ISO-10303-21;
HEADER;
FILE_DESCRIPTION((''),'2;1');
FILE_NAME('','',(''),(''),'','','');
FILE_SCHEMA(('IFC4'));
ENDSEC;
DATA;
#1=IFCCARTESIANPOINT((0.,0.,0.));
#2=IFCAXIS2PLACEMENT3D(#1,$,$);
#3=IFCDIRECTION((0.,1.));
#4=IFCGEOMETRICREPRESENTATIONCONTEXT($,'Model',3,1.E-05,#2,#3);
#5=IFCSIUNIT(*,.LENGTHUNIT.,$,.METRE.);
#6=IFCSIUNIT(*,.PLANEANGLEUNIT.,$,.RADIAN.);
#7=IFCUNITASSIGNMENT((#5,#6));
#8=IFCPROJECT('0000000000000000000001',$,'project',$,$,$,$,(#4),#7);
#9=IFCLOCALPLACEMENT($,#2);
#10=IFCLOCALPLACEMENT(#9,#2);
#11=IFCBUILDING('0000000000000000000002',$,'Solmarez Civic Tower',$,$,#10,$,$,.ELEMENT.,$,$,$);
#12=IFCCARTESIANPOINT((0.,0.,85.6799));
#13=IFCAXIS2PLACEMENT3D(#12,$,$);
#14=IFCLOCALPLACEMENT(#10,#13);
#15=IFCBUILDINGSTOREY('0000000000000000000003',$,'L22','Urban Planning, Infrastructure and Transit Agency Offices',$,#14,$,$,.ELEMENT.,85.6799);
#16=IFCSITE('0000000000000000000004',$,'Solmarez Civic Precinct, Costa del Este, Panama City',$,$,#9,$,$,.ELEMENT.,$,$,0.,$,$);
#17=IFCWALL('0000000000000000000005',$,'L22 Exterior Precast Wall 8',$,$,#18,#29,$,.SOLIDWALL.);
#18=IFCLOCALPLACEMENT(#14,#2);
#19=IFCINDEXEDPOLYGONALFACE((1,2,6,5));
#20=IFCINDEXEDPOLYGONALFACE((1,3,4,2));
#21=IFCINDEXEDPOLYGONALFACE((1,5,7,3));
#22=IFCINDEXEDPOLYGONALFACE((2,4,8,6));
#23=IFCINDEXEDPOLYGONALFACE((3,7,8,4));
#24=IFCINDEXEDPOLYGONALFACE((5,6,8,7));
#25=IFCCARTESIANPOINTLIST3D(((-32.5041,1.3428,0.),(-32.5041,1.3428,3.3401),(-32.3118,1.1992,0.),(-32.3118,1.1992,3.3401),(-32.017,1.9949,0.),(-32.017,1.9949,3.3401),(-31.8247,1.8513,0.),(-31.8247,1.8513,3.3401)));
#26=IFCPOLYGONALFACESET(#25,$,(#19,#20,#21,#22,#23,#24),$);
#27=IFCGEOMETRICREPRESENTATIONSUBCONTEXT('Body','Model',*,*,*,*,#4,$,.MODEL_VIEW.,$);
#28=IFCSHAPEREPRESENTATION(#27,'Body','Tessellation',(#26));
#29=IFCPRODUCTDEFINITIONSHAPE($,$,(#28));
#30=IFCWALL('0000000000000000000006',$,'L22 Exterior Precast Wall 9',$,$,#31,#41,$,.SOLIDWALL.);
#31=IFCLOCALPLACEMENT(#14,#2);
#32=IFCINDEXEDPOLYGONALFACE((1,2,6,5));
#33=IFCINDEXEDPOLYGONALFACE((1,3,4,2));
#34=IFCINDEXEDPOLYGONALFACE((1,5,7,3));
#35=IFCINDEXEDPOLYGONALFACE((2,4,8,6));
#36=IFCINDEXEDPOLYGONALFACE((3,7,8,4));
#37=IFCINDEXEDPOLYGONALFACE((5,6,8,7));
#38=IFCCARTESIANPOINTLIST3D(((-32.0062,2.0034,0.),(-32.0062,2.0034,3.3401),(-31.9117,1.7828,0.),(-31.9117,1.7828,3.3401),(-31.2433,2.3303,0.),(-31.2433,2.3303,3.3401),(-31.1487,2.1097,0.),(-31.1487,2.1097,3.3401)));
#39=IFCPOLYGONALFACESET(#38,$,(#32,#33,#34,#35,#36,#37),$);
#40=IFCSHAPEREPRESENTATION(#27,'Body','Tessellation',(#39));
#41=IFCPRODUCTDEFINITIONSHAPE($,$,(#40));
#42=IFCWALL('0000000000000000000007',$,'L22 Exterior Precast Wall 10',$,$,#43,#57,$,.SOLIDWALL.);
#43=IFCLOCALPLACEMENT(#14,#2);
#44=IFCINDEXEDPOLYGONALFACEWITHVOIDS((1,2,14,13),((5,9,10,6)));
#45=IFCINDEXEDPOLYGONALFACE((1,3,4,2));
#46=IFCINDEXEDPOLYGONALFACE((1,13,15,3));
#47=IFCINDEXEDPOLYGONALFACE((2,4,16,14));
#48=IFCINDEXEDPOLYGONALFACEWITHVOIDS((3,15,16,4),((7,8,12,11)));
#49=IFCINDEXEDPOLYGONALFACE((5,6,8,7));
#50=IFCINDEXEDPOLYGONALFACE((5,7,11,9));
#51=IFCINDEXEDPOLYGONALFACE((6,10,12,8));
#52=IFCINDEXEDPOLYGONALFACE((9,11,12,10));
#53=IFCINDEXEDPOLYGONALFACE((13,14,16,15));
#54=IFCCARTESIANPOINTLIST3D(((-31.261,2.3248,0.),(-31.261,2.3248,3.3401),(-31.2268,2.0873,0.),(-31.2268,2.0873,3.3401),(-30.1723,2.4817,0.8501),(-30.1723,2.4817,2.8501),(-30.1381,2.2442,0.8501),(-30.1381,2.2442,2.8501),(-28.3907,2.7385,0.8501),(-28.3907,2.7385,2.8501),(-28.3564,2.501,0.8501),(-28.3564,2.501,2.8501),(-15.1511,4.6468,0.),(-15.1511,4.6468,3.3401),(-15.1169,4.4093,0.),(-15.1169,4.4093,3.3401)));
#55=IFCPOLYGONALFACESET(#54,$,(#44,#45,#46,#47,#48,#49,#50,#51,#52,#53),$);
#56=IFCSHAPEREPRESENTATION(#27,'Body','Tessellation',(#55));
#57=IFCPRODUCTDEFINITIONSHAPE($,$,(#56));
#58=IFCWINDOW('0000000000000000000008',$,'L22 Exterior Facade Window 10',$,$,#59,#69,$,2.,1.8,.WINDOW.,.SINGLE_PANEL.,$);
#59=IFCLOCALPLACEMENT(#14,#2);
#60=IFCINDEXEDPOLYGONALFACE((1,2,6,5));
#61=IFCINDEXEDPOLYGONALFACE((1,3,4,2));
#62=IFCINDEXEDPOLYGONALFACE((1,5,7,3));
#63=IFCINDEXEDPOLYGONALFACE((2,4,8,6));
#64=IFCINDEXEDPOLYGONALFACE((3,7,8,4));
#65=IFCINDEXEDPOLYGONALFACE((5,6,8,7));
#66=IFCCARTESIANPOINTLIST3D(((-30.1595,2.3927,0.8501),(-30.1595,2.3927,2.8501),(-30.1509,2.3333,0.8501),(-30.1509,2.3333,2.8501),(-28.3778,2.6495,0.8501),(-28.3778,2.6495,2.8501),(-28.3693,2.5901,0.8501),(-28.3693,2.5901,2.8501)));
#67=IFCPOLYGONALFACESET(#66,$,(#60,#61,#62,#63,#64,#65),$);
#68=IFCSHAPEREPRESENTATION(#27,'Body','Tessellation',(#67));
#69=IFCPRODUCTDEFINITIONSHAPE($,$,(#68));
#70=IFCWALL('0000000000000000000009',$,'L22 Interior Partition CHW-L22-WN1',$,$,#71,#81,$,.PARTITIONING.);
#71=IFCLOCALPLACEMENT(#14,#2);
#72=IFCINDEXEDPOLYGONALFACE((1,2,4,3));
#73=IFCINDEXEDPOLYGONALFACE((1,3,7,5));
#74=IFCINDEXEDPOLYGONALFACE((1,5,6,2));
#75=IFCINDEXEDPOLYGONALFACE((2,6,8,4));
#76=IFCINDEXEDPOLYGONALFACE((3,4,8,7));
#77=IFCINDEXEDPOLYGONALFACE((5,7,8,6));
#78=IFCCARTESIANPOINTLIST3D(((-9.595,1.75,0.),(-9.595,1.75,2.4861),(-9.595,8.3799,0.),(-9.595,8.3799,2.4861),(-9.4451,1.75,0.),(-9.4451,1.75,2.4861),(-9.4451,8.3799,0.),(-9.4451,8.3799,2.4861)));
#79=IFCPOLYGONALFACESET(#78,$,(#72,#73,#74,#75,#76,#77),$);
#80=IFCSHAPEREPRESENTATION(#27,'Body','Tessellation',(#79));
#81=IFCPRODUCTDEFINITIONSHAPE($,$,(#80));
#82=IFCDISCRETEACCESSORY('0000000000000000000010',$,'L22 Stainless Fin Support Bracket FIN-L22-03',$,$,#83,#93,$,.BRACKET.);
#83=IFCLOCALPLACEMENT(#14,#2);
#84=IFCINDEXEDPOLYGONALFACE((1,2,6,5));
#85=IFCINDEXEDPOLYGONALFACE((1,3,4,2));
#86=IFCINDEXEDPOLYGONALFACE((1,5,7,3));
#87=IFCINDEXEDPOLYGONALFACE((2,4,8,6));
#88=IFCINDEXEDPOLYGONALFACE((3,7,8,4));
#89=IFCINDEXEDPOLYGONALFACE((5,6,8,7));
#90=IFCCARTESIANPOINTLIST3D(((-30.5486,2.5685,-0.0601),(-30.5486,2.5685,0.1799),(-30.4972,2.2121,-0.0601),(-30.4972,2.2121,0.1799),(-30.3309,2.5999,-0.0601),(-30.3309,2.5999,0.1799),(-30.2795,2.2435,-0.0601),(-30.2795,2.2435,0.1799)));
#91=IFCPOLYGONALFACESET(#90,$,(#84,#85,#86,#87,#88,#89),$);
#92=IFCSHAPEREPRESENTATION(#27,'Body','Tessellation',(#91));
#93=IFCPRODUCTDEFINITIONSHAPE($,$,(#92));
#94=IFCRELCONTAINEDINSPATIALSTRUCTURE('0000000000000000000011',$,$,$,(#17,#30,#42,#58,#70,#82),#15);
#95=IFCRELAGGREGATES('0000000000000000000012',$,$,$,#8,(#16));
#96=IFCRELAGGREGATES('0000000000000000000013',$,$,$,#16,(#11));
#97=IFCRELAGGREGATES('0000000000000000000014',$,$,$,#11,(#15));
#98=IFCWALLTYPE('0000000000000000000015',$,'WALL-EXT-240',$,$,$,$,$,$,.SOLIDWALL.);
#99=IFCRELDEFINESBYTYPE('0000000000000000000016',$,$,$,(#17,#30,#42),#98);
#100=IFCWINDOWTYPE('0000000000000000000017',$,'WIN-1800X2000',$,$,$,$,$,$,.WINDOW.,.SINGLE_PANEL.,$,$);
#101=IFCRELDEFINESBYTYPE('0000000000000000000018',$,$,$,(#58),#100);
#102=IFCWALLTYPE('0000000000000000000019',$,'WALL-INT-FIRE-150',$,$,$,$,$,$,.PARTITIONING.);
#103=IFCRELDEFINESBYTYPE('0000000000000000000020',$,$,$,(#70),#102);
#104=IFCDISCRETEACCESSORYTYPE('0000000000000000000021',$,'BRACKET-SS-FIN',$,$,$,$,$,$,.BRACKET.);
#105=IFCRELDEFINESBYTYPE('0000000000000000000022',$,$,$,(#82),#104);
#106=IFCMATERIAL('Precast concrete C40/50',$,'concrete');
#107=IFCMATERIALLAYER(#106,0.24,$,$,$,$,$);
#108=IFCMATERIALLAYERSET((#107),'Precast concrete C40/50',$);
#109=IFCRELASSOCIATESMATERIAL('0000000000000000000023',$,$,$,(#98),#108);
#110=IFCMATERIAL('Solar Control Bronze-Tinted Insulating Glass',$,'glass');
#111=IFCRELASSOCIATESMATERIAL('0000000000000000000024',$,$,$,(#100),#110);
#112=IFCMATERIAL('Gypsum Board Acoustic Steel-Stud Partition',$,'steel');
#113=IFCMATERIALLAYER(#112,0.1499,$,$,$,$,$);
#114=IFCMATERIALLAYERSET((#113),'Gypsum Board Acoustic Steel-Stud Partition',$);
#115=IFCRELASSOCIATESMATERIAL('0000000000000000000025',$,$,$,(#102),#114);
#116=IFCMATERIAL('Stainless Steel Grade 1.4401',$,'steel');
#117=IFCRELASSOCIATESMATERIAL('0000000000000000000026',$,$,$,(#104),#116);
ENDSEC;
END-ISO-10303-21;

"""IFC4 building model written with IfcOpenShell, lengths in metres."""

from ifc_helpers import new_model, si_unit, direction, frame, frame_2d, origin, origin_2d, place, context, subcontext, project, spatial, rectangle, extrude, material, layer, layer_set, type_object, element, fill, save


model = new_model("IFC4")

# Units and contexts
model_context = context("Model", 3, precision=1e-05, world=origin(), true_north=direction((0.0, 1.0)))
body_context = subcontext(model_context, "Body", "Model", "MODEL_VIEW")
ifc_project = project(units=[si_unit("LENGTHUNIT", "METRE"), si_unit("PLANEANGLEUNIT", "RADIAN")], contexts=[model_context])

# Site, building, storey
site_placement = place(None, origin())
site = spatial("IfcSite", under=ifc_project, at=site_placement, Name="Solmarez Civic Precinct, Costa del Este, Panama City", CompositionType="ELEMENT", RefElevation=0.0)
building_placement = place(site_placement, origin())
building = spatial("IfcBuilding", under=site, at=building_placement, Name="Solmarez Civic Tower", CompositionType="ELEMENT")
storey_placement = place(building_placement, frame((0.0, 0.0, 85.6799)))
storey = spatial("IfcBuildingStorey", under=building, at=storey_placement, Name="L22", Description="Urban Planning, Infrastructure and Transit Agency Offices", CompositionType="ELEMENT", Elevation=85.6799)

# Walls
ifc_material_1 = material(Name="Precast concrete C40/50", Category="concrete")
ifc_layer_1 = layer(ifc_material_1, 0.24)
ifc_layer_set_1 = layer_set([ifc_layer_1], Name="Precast concrete C40/50")
wall_type_1 = type_object("IfcWallType", Name="WALL-EXT-240", PredefinedType="SOLIDWALL", material=ifc_layer_set_1)
wall_1_placement = place(storey_placement, frame((-32.408, 1.271, 0.0), z_axis=(0.0, 0.0, 1.0), x_axis=(0.598415, 0.801186, 0.0)))
element("IfcWall", 1, at=wall_1_placement, inside=storey, type_object=wall_type_1, Name="L22 Exterior Precast Wall 8", PredefinedType="SOLIDWALL", context=body_context, shape_type="SweptSolid", body=[
    extrude(rectangle(XDim=0.814, YDim=0.24, at=frame_2d((0.407, 0.0))), origin(), (0.0, 0.0, 1.0), 3.3401),
])
wall_2_placement = place(storey_placement, frame((-31.959, 1.8931, 0.0), z_axis=(0.0, 0.0, 1.0), x_axis=(0.919175, 0.393848, 0.0)))
element("IfcWall", 2, at=wall_2_placement, inside=storey, type_object=wall_type_1, Name="L22 Exterior Precast Wall 9", PredefinedType="SOLIDWALL", context=body_context, shape_type="SweptSolid", body=[
    extrude(rectangle(XDim=0.8301, YDim=0.24, at=frame_2d((0.415, 0.0))), origin(), (0.0, 0.0, 1.0), 3.3401),
])

# Wall, opening, window
wall_3_placement = place(storey_placement, frame((-31.2439, 2.2061, 0.0), z_axis=(0.0, 0.0, 1.0), x_axis=(0.989771, 0.142662, 0.0)))
wall_3 = element("IfcWall", 3, at=wall_3_placement, inside=storey, type_object=wall_type_1, Name="L22 Exterior Precast Wall 10", PredefinedType="SOLIDWALL", context=body_context, shape_type="SweptSolid", body=[
    extrude(rectangle(XDim=16.2764, YDim=0.24, at=frame_2d((8.1382, 0.0))), origin(), (0.0, 0.0, 1.0), 3.3401),
])
opening_placement = place(wall_3_placement, frame((1.1001, 0.0, 0.8501)))
opening = element("IfcOpeningElement", 4, at=opening_placement, cuts=wall_3, PredefinedType="OPENING", context=body_context, shape_type="SweptSolid", body=[
    extrude(rectangle(XDim=1.8, YDim=2.0, at=frame_2d((0.8999, 1.0))), frame((0.0, 0.1299, 0.0), z_axis=(0.0, -1.0, 0.0), x_axis=(1.0, 0.0, 0.0)), (0.0, 0.0, 1.0), 0.26),
])
ifc_material_2 = material(Name="Solar Control Bronze-Tinted Insulating Glass", Category="glass")
window_type = type_object("IfcWindowType", Name="WIN-1800X2000", PartitioningType="SINGLE_PANEL", PredefinedType="WINDOW", material=ifc_material_2)
window_placement = place(opening_placement, origin())
window = element("IfcWindow", 5, at=window_placement, inside=storey, type_object=window_type, Name="L22 Exterior Facade Window 10", OverallHeight=2.0, OverallWidth=1.8, PartitioningType="SINGLE_PANEL", PredefinedType="WINDOW", context=body_context, shape_type="SweptSolid", body=[
    extrude(rectangle(XDim=1.8, YDim=2.0, at=frame_2d((0.8999, 1.0))), frame((0.0, 0.03, 0.0), z_axis=(0.0, -1.0, 0.0), x_axis=(1.0, 0.0, 0.0)), (0.0, 0.0, 1.0), 0.0601),
])
fill(opening, window)

# Wall
ifc_material_3 = material(Name="Gypsum Board Acoustic Steel-Stud Partition", Category="steel")
ifc_layer_2 = layer(ifc_material_3, 0.1499)
ifc_layer_set_2 = layer_set([ifc_layer_2], Name="Gypsum Board Acoustic Steel-Stud Partition")
wall_type_2 = type_object("IfcWallType", Name="WALL-INT-FIRE-150", PredefinedType="PARTITIONING", material=ifc_layer_set_2)
wall_4_placement = place(storey_placement, frame((-9.52, 1.75, 0.0), z_axis=(0.0, 0.0, 1.0), x_axis=(0.0, 1.0, 0.0)))
element("IfcWall", 6, at=wall_4_placement, inside=storey, type_object=wall_type_2, Name="L22 Interior Partition CHW-L22-WN1", PredefinedType="PARTITIONING", context=body_context, shape_type="SweptSolid", body=[
    extrude(rectangle(XDim=6.6299, YDim=0.1499, at=frame_2d((3.3149, 0.0))), origin(), (0.0, 0.0, 1.0), 2.4861),
])

# Discrete accessory
ifc_material_4 = material(Name="Stainless Steel Grade 1.4401", Category="steel")
discrete_accessory_type = type_object("IfcDiscreteAccessoryType", Name="BRACKET-SS-FIN", PredefinedType="BRACKET", material=ifc_material_4)
discrete_accessory_placement = place(storey_placement, frame((-30.4141, 2.406, -0.0601), z_axis=(0.0, 0.0, 1.0), x_axis=(-0.142617, 0.989778, 0.0)))
element("IfcDiscreteAccessory", 7, at=discrete_accessory_placement, inside=storey, type_object=discrete_accessory_type, Name="L22 Stainless Fin Support Bracket FIN-L22-03", PredefinedType="BRACKET", context=body_context, shape_type="SweptSolid", body=[
    extrude(rectangle(XDim=0.3601, YDim=0.22, at=origin_2d()), origin(), (0.0, 0.0, 1.0), 0.24),
])

save(model, "model.ifc")
